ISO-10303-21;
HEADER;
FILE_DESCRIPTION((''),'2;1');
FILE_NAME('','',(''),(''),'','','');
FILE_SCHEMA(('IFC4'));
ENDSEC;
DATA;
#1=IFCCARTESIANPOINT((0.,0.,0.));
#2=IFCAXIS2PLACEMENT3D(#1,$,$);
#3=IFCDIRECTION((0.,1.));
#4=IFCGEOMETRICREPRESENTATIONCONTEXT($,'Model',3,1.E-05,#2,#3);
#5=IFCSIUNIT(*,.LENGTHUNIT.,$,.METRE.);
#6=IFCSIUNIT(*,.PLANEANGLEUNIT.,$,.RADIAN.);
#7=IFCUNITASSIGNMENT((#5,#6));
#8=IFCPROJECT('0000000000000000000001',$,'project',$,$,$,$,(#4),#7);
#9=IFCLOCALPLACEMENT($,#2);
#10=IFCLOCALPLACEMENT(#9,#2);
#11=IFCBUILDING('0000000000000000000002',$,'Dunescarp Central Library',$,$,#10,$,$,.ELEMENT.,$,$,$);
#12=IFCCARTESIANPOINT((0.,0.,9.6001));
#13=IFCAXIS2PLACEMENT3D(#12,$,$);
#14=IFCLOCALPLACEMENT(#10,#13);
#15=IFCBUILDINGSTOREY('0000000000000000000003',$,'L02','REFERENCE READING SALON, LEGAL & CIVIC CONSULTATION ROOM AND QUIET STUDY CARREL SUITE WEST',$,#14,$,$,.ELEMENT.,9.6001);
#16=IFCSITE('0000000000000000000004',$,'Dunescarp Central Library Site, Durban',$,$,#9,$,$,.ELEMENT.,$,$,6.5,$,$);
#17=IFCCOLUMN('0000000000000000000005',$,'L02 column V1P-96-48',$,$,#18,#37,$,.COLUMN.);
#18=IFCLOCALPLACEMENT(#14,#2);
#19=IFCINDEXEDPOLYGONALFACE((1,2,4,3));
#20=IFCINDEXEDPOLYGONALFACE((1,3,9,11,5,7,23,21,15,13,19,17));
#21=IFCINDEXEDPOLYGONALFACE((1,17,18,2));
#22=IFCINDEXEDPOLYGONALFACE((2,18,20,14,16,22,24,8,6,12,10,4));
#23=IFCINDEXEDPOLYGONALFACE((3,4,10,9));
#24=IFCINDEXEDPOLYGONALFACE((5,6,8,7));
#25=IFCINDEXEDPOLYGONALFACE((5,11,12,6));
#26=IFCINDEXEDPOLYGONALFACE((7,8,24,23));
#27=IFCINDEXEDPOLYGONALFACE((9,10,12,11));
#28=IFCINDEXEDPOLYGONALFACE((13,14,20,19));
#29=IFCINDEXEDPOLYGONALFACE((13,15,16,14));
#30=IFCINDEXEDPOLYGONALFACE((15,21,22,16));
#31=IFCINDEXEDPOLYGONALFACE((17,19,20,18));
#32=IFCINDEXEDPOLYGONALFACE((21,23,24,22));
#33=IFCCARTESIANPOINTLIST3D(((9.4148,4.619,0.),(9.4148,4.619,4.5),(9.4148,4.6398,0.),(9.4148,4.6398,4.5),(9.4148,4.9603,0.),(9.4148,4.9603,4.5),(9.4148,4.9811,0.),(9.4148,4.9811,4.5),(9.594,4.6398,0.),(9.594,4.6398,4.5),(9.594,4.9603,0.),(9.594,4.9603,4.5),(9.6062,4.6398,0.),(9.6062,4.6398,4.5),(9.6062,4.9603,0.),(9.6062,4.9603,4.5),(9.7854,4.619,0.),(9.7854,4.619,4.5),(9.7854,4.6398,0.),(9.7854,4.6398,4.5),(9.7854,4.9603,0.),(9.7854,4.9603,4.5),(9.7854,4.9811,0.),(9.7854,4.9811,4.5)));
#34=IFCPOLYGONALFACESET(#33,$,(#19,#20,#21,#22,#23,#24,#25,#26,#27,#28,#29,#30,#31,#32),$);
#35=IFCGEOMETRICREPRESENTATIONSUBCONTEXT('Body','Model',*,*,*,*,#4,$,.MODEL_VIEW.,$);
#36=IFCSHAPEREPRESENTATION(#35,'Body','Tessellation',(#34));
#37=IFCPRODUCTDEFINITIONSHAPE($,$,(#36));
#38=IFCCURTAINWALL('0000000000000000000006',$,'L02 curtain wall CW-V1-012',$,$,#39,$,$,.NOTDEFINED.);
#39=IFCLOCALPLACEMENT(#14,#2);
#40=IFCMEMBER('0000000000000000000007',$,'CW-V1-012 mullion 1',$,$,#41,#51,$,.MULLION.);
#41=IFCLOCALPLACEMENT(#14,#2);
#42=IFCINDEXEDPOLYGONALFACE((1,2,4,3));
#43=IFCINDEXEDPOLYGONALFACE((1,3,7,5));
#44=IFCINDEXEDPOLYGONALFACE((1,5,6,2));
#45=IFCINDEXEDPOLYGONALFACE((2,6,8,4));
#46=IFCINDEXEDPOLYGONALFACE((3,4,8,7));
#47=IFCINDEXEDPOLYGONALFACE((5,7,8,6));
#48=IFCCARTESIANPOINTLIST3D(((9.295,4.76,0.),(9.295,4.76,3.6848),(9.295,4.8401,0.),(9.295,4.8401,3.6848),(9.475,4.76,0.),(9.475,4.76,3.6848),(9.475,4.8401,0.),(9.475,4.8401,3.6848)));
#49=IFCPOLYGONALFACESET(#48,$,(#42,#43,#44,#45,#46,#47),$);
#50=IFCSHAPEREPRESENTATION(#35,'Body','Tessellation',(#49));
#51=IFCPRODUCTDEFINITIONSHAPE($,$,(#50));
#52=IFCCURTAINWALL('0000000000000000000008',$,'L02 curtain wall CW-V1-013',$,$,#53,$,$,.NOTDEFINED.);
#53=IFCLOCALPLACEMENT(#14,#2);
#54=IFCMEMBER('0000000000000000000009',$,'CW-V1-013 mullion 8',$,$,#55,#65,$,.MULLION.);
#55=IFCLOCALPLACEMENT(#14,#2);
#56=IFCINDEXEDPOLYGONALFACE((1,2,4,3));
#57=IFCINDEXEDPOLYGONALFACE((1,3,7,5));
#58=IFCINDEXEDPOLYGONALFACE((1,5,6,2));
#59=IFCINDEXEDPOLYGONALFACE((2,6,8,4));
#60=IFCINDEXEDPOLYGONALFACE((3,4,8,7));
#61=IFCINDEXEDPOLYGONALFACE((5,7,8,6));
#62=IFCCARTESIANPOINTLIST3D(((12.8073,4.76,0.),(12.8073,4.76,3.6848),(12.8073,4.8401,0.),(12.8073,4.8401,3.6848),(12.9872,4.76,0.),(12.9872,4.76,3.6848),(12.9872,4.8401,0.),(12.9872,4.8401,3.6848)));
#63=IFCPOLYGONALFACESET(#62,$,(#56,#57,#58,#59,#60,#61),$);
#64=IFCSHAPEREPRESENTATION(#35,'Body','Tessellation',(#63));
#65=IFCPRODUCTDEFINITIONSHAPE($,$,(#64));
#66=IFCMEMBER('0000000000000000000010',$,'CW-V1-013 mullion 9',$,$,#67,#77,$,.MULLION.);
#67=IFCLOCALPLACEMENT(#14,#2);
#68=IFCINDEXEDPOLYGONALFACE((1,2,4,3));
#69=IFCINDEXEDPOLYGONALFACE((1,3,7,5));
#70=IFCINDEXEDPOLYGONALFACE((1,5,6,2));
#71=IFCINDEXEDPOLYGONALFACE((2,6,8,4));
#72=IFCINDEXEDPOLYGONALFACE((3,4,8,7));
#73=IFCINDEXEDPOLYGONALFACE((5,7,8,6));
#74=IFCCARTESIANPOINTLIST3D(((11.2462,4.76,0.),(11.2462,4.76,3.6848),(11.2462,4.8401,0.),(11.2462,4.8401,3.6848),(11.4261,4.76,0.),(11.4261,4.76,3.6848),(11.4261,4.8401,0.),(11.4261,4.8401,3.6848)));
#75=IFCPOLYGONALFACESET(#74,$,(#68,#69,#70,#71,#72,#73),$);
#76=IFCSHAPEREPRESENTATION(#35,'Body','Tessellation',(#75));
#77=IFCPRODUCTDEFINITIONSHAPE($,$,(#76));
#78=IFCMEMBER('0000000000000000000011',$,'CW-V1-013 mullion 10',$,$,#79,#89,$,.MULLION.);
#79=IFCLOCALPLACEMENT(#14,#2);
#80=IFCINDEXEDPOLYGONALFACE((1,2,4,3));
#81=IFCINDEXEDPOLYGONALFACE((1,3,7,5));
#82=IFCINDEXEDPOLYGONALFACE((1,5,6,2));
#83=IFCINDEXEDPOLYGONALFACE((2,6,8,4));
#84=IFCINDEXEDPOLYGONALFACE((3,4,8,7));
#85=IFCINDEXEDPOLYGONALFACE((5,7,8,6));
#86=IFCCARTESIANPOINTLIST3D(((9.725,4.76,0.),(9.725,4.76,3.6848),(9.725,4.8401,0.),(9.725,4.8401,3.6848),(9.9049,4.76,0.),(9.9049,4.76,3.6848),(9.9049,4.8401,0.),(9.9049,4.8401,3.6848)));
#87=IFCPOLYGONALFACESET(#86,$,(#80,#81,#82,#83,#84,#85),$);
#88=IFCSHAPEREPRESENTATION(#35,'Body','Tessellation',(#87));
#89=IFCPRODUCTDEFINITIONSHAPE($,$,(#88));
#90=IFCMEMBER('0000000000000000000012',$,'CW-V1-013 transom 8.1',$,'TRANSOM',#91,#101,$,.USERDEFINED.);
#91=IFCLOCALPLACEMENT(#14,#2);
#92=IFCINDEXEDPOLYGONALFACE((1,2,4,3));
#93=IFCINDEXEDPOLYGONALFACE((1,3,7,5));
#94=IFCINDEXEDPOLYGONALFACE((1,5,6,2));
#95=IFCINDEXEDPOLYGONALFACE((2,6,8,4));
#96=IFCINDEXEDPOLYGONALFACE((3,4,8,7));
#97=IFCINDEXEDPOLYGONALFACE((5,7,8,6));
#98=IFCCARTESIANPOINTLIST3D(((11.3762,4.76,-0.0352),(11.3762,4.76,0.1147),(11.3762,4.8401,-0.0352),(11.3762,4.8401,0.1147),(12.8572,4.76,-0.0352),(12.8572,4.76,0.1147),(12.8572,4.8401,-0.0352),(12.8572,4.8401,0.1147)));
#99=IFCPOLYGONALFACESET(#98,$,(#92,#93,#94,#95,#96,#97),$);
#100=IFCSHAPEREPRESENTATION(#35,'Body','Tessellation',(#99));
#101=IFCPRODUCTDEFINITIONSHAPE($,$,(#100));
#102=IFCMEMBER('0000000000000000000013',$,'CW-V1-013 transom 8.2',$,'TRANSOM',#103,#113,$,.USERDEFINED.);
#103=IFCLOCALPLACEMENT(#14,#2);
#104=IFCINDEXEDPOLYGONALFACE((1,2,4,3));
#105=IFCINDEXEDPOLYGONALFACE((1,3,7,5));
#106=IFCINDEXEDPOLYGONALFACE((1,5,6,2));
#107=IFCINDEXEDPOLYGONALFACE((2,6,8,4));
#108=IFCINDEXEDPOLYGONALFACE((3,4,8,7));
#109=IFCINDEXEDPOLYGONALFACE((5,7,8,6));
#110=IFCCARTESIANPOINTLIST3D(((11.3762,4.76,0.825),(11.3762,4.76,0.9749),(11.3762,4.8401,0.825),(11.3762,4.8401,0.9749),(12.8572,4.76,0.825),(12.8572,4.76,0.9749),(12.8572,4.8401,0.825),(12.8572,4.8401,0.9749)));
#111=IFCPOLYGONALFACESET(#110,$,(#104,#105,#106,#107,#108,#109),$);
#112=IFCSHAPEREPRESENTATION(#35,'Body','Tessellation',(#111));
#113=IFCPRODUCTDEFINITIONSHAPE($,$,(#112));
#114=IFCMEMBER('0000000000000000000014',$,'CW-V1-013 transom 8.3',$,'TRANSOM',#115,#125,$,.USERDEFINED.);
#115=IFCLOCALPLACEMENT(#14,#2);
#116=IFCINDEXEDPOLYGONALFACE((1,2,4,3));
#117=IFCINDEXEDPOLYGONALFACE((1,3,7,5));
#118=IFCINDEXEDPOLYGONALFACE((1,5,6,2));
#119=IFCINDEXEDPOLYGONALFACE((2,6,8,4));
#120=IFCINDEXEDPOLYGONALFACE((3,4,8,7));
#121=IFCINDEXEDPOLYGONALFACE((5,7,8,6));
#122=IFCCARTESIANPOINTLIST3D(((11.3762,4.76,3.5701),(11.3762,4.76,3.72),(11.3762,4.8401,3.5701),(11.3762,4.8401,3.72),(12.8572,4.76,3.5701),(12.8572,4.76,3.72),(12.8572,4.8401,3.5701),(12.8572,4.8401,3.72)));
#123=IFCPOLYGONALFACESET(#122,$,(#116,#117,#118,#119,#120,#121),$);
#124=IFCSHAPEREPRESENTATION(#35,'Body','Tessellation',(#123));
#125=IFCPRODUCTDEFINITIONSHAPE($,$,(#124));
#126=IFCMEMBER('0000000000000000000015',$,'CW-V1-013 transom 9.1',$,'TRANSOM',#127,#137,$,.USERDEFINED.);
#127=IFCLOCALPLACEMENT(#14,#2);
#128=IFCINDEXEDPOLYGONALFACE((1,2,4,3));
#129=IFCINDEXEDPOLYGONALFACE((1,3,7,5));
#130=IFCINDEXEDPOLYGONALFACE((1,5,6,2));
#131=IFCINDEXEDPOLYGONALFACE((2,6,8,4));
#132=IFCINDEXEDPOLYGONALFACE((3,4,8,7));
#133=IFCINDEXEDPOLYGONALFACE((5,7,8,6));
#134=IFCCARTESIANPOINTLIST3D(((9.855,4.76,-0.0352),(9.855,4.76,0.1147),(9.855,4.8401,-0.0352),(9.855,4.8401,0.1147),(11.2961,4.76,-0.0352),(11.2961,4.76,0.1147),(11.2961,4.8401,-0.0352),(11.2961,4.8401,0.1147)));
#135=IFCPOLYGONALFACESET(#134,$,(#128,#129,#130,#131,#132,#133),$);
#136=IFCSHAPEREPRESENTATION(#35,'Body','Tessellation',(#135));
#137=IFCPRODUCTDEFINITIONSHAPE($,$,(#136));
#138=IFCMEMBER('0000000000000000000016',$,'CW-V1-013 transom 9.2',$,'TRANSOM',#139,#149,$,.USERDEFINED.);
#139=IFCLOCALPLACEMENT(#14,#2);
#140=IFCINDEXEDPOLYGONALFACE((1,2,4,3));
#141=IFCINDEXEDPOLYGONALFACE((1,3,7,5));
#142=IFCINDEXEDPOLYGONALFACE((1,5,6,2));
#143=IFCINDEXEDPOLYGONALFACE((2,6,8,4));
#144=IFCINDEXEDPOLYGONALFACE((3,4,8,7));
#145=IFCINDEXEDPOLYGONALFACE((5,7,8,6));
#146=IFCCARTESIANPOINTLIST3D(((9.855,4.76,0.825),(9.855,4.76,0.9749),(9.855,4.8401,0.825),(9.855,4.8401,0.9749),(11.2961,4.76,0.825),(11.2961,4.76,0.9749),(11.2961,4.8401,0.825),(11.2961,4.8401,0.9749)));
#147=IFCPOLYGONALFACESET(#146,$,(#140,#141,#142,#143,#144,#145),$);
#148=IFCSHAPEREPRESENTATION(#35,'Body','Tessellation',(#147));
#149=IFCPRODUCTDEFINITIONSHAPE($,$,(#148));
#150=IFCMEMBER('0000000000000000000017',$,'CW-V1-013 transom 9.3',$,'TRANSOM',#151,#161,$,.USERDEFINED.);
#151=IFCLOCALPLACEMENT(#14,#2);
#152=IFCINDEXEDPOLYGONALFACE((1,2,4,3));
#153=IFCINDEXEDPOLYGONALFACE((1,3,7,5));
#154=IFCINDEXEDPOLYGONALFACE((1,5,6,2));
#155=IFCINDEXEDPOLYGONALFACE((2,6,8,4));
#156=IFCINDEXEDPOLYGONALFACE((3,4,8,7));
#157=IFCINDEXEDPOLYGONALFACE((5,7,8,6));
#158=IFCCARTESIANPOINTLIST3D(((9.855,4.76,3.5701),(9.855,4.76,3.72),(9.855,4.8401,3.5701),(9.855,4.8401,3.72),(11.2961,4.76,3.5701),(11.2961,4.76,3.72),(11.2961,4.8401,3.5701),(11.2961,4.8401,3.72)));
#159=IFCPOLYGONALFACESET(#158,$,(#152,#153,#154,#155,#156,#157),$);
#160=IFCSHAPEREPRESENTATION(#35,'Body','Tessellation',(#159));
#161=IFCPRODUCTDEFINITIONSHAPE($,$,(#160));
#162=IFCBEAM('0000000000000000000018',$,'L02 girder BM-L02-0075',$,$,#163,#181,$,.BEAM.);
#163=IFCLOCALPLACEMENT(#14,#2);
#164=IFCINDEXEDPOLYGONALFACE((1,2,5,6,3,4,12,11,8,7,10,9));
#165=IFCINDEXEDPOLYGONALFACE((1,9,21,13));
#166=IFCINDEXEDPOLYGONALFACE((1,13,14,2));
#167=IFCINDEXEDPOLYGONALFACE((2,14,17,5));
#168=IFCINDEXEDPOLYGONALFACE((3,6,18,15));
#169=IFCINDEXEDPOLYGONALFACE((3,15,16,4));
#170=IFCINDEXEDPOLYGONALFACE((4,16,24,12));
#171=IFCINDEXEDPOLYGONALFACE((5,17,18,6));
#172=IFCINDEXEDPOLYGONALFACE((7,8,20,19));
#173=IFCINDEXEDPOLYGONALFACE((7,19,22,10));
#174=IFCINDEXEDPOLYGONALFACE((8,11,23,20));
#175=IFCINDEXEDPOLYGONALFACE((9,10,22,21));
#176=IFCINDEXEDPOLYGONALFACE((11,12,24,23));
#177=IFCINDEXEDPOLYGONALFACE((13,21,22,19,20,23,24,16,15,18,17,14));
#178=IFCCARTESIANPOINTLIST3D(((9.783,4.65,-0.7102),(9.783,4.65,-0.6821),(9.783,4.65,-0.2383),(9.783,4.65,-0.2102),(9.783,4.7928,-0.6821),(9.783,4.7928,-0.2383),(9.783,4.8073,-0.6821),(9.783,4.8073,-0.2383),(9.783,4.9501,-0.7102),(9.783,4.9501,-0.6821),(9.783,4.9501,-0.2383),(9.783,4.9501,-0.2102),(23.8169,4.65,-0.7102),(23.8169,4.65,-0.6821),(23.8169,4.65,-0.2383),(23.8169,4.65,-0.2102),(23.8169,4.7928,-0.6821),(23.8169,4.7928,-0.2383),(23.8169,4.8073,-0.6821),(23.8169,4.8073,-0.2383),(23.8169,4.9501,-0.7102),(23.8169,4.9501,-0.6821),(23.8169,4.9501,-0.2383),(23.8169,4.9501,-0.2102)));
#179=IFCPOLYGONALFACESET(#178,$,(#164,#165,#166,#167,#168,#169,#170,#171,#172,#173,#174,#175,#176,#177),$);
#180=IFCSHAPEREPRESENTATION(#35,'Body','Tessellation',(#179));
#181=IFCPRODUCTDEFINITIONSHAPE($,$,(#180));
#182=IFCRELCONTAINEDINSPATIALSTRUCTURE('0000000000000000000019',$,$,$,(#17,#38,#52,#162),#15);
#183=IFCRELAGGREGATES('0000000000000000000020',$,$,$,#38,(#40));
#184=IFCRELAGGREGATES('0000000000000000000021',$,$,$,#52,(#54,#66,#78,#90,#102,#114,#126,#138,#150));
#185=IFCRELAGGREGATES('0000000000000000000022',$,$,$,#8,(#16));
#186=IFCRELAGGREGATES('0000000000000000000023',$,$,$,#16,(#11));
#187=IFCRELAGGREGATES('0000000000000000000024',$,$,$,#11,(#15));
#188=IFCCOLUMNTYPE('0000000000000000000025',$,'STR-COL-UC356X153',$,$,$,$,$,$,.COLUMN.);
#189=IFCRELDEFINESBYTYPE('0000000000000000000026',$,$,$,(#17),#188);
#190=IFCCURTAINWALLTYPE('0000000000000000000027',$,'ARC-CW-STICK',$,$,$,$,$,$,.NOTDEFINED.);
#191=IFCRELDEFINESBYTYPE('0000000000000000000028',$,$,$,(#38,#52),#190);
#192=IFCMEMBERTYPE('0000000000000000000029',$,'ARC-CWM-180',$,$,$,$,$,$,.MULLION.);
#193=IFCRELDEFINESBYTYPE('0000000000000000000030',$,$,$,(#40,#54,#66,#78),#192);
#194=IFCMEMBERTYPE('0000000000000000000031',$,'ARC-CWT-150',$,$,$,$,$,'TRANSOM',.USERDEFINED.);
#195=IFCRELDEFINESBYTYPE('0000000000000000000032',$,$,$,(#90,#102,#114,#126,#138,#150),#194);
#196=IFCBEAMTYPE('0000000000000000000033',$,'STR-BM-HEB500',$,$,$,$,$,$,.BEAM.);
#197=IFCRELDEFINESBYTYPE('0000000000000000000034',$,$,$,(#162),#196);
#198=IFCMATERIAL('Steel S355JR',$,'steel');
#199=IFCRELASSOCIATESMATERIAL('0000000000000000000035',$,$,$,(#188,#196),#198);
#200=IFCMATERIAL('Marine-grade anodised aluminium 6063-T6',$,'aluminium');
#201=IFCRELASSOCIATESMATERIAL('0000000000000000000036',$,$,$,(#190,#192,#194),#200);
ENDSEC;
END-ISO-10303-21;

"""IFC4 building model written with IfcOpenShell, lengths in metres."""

from ifc_helpers import new_model, si_unit, direction, frame, origin, origin_2d, place, context, subcontext, project, spatial, rectangle, i_section, extrude, material, material_profile, profile_set, type_object, element, aggregate, save


model = new_model("IFC4")

# Units and contexts
model_context = context("Model", 3, precision=1e-05, world=origin(), true_north=direction((0.0, 1.0)))
body_context = subcontext(model_context, "Body", "Model", "MODEL_VIEW")
ifc_project = project(units=[si_unit("LENGTHUNIT", "METRE"), si_unit("PLANEANGLEUNIT", "RADIAN")], contexts=[model_context])

# Site, building, storey
site_placement = place(None, origin())
site = spatial("IfcSite", under=ifc_project, at=site_placement, Name="Dunescarp Central Library Site, Durban", CompositionType="ELEMENT", RefElevation=6.5)
building_placement = place(site_placement, origin())
building = spatial("IfcBuilding", under=site, at=building_placement, Name="Dunescarp Central Library", CompositionType="ELEMENT")
storey_placement = place(building_placement, frame((0.0, 0.0, 9.6001)))
storey = spatial("IfcBuildingStorey", under=building, at=storey_placement, Name="L02", Description="REFERENCE READING SALON, LEGAL & CIVIC CONSULTATION ROOM AND QUIET STUDY CARREL SUITE WEST", CompositionType="ELEMENT", Elevation=9.6001)

# Column
ifc_material_1 = material(Name="Steel S355JR", Category="steel")
ifc_material_profile_1 = material_profile(ifc_material_1, i_section(OverallWidth=0.3706, OverallDepth=0.3621, WebThickness=0.0122, FlangeThickness=0.0208, at=origin_2d()), Name="UC 356x368x153")
ifc_profile_set_1 = profile_set([ifc_material_profile_1], Name="Steel S355JR")
column_type = type_object("IfcColumnType", Name="STR-COL-UC356X153", PredefinedType="COLUMN", material=ifc_profile_set_1)
column_placement = place(storey_placement, frame((9.6001, 4.8, 0.0), z_axis=(0.0, 0.0, 1.0), x_axis=(1.0, 0.0, 0.0)))
element("IfcColumn", 1, at=column_placement, inside=storey, type_object=column_type, Name="L02 column V1P-96-48", PredefinedType="COLUMN", context=body_context, shape_type="SweptSolid", body=[
    extrude(i_section(OverallWidth=0.3706, OverallDepth=0.3621, WebThickness=0.0122, FlangeThickness=0.0208, at=origin_2d()), origin(), (0.0, 0.0, 1.0), 4.5),
])

# Curtain wall, member
ifc_material_2 = material(Name="Marine-grade anodised aluminium 6063-T6", Category="aluminium")
curtain_wall_type = type_object("IfcCurtainWallType", Name="ARC-CW-STICK", PredefinedType="NOTDEFINED", material=ifc_material_2)
curtain_wall_1_placement = place(storey_placement, origin())
curtain_wall_1 = element("IfcCurtainWall", 2, at=curtain_wall_1_placement, inside=storey, type_object=curtain_wall_type, Name="L02 curtain wall CW-V1-012", PredefinedType="NOTDEFINED")
ifc_material_profile_2 = material_profile(ifc_material_2, rectangle(XDim=0.0801, YDim=0.1799, at=origin_2d()), Name="AL 80x180")
ifc_profile_set_2 = profile_set([ifc_material_profile_2], Name="Marine-grade anodised aluminium 6063-T6")
member_type_1 = type_object("IfcMemberType", Name="ARC-CWM-180", PredefinedType="MULLION", material=ifc_profile_set_2)
member_1_placement = place(storey_placement, frame((9.385, 4.8, 0.0), z_axis=(0.0, 0.0, 1.0), x_axis=(0.0, -1.0, 0.0)))
member_1 = element("IfcMember", 3, at=member_1_placement, type_object=member_type_1, Name="CW-V1-012 mullion 1", PredefinedType="MULLION", context=body_context, shape_type="SweptSolid", body=[
    extrude(rectangle(XDim=0.0801, YDim=0.1799, at=origin_2d()), origin(), (0.0, 0.0, 1.0), 3.6848),
])
aggregate(curtain_wall_1, [member_1])

# Curtain wall, members
curtain_wall_2_placement = place(storey_placement, origin())
curtain_wall_2 = element("IfcCurtainWall", 4, at=curtain_wall_2_placement, inside=storey, type_object=curtain_wall_type, Name="L02 curtain wall CW-V1-013", PredefinedType="NOTDEFINED")
member_2_placement = place(storey_placement, frame((12.8972, 4.8, 0.0), z_axis=(0.0, 0.0, 1.0), x_axis=(0.0, -1.0, 0.0)))
member_2 = element("IfcMember", 5, at=member_2_placement, type_object=member_type_1, Name="CW-V1-013 mullion 8", PredefinedType="MULLION", context=body_context, shape_type="SweptSolid", body=[
    extrude(rectangle(XDim=0.0801, YDim=0.1799, at=origin_2d()), origin(), (0.0, 0.0, 1.0), 3.6848),
])
member_3_placement = place(storey_placement, frame((11.3362, 4.8, 0.0), z_axis=(0.0, 0.0, 1.0), x_axis=(0.0, -1.0, 0.0)))
member_3 = element("IfcMember", 6, at=member_3_placement, type_object=member_type_1, Name="CW-V1-013 mullion 9", PredefinedType="MULLION", context=body_context, shape_type="SweptSolid", body=[
    extrude(rectangle(XDim=0.0801, YDim=0.1799, at=origin_2d()), origin(), (0.0, 0.0, 1.0), 3.6848),
])
member_4_placement = place(storey_placement, frame((9.8149, 4.8, 0.0), z_axis=(0.0, 0.0, 1.0), x_axis=(0.0, -1.0, 0.0)))
member_4 = element("IfcMember", 7, at=member_4_placement, type_object=member_type_1, Name="CW-V1-013 mullion 10", PredefinedType="MULLION", context=body_context, shape_type="SweptSolid", body=[
    extrude(rectangle(XDim=0.0801, YDim=0.1799, at=origin_2d()), origin(), (0.0, 0.0, 1.0), 3.6848),
])
ifc_material_profile_3 = material_profile(ifc_material_2, rectangle(XDim=0.0801, YDim=0.1499, at=origin_2d()), Name="AL 80x150")
ifc_profile_set_3 = profile_set([ifc_material_profile_3], Name="Marine-grade anodised aluminium 6063-T6")
member_type_2 = type_object("IfcMemberType", Name="ARC-CWT-150", ElementType="TRANSOM", PredefinedType="USERDEFINED", material=ifc_profile_set_3)
member_5_placement = place(storey_placement, frame((12.8572, 4.8, 0.0398), z_axis=(-1.0, 0.0, 0.0), x_axis=(0.0, -1.0, 0.0)))
member_5 = element("IfcMember", 8, at=member_5_placement, type_object=member_type_2, Name="CW-V1-013 transom 8.1", ObjectType="TRANSOM", PredefinedType="USERDEFINED", context=body_context, shape_type="SweptSolid", body=[
    extrude(rectangle(XDim=0.0801, YDim=0.1499, at=origin_2d()), origin(), (0.0, 0.0, 1.0), 1.481),
])
member_6_placement = place(storey_placement, frame((12.8572, 4.8, 0.8999), z_axis=(-1.0, 0.0, 0.0), x_axis=(0.0, -1.0, 0.0)))
member_6 = element("IfcMember", 9, at=member_6_placement, type_object=member_type_2, Name="CW-V1-013 transom 8.2", ObjectType="TRANSOM", PredefinedType="USERDEFINED", context=body_context, shape_type="SweptSolid", body=[
    extrude(rectangle(XDim=0.0801, YDim=0.1499, at=origin_2d()), origin(), (0.0, 0.0, 1.0), 1.481),
])
member_7_placement = place(storey_placement, frame((12.8572, 4.8, 3.645), z_axis=(-1.0, 0.0, 0.0), x_axis=(0.0, -1.0, 0.0)))
member_7 = element("IfcMember", 10, at=member_7_placement, type_object=member_type_2, Name="CW-V1-013 transom 8.3", ObjectType="TRANSOM", PredefinedType="USERDEFINED", context=body_context, shape_type="SweptSolid", body=[
    extrude(rectangle(XDim=0.0801, YDim=0.1499, at=origin_2d()), origin(), (0.0, 0.0, 1.0), 1.481),
])
member_8_placement = place(storey_placement, frame((11.2961, 4.8, 0.0398), z_axis=(-1.0, 0.0, 0.0), x_axis=(0.0, -1.0, 0.0)))
member_8 = element("IfcMember", 11, at=member_8_placement, type_object=member_type_2, Name="CW-V1-013 transom 9.1", ObjectType="TRANSOM", PredefinedType="USERDEFINED", context=body_context, shape_type="SweptSolid", body=[
    extrude(rectangle(XDim=0.0801, YDim=0.1499, at=origin_2d()), origin(), (0.0, 0.0, 1.0), 1.4412),
])
member_9_placement = place(storey_placement, frame((11.2961, 4.8, 0.8999), z_axis=(-1.0, 0.0, 0.0), x_axis=(0.0, -1.0, 0.0)))
member_9 = element("IfcMember", 12, at=member_9_placement, type_object=member_type_2, Name="CW-V1-013 transom 9.2", ObjectType="TRANSOM", PredefinedType="USERDEFINED", context=body_context, shape_type="SweptSolid", body=[
    extrude(rectangle(XDim=0.0801, YDim=0.1499, at=origin_2d()), origin(), (0.0, 0.0, 1.0), 1.4412),
])
member_10_placement = place(storey_placement, frame((11.2961, 4.8, 3.645), z_axis=(-1.0, 0.0, 0.0), x_axis=(0.0, -1.0, 0.0)))
member_10 = element("IfcMember", 13, at=member_10_placement, type_object=member_type_2, Name="CW-V1-013 transom 9.3", ObjectType="TRANSOM", PredefinedType="USERDEFINED", context=body_context, shape_type="SweptSolid", body=[
    extrude(rectangle(XDim=0.0801, YDim=0.1499, at=origin_2d()), origin(), (0.0, 0.0, 1.0), 1.4412),
])

# Beam
ifc_material_profile_4 = material_profile(ifc_material_1, i_section(OverallWidth=0.3, OverallDepth=0.5, WebThickness=0.0144, FlangeThickness=0.0281, at=origin_2d()), Name="HEB 500")
ifc_profile_set_4 = profile_set([ifc_material_profile_4], Name="Steel S355JR")
beam_type = type_object("IfcBeamType", Name="STR-BM-HEB500", PredefinedType="BEAM", material=ifc_profile_set_4)
beam_placement = place(storey_placement, frame((9.783, 4.8, -0.4602), z_axis=(1.0, 0.0, 0.0), x_axis=(0.0, 1.0, 0.0)))
element("IfcBeam", 14, at=beam_placement, inside=storey, type_object=beam_type, Name="L02 girder BM-L02-0075", PredefinedType="BEAM", context=body_context, shape_type="SweptSolid", body=[
    extrude(i_section(OverallWidth=0.3, OverallDepth=0.5, WebThickness=0.0144, FlangeThickness=0.0281, at=origin_2d()), origin(), (0.0, 0.0, 1.0), 14.0339),
])

aggregate(curtain_wall_2, [member_2, member_3, member_4, member_5, member_6, member_7, member_8, member_9, member_10])

save(model, "model.ifc")
